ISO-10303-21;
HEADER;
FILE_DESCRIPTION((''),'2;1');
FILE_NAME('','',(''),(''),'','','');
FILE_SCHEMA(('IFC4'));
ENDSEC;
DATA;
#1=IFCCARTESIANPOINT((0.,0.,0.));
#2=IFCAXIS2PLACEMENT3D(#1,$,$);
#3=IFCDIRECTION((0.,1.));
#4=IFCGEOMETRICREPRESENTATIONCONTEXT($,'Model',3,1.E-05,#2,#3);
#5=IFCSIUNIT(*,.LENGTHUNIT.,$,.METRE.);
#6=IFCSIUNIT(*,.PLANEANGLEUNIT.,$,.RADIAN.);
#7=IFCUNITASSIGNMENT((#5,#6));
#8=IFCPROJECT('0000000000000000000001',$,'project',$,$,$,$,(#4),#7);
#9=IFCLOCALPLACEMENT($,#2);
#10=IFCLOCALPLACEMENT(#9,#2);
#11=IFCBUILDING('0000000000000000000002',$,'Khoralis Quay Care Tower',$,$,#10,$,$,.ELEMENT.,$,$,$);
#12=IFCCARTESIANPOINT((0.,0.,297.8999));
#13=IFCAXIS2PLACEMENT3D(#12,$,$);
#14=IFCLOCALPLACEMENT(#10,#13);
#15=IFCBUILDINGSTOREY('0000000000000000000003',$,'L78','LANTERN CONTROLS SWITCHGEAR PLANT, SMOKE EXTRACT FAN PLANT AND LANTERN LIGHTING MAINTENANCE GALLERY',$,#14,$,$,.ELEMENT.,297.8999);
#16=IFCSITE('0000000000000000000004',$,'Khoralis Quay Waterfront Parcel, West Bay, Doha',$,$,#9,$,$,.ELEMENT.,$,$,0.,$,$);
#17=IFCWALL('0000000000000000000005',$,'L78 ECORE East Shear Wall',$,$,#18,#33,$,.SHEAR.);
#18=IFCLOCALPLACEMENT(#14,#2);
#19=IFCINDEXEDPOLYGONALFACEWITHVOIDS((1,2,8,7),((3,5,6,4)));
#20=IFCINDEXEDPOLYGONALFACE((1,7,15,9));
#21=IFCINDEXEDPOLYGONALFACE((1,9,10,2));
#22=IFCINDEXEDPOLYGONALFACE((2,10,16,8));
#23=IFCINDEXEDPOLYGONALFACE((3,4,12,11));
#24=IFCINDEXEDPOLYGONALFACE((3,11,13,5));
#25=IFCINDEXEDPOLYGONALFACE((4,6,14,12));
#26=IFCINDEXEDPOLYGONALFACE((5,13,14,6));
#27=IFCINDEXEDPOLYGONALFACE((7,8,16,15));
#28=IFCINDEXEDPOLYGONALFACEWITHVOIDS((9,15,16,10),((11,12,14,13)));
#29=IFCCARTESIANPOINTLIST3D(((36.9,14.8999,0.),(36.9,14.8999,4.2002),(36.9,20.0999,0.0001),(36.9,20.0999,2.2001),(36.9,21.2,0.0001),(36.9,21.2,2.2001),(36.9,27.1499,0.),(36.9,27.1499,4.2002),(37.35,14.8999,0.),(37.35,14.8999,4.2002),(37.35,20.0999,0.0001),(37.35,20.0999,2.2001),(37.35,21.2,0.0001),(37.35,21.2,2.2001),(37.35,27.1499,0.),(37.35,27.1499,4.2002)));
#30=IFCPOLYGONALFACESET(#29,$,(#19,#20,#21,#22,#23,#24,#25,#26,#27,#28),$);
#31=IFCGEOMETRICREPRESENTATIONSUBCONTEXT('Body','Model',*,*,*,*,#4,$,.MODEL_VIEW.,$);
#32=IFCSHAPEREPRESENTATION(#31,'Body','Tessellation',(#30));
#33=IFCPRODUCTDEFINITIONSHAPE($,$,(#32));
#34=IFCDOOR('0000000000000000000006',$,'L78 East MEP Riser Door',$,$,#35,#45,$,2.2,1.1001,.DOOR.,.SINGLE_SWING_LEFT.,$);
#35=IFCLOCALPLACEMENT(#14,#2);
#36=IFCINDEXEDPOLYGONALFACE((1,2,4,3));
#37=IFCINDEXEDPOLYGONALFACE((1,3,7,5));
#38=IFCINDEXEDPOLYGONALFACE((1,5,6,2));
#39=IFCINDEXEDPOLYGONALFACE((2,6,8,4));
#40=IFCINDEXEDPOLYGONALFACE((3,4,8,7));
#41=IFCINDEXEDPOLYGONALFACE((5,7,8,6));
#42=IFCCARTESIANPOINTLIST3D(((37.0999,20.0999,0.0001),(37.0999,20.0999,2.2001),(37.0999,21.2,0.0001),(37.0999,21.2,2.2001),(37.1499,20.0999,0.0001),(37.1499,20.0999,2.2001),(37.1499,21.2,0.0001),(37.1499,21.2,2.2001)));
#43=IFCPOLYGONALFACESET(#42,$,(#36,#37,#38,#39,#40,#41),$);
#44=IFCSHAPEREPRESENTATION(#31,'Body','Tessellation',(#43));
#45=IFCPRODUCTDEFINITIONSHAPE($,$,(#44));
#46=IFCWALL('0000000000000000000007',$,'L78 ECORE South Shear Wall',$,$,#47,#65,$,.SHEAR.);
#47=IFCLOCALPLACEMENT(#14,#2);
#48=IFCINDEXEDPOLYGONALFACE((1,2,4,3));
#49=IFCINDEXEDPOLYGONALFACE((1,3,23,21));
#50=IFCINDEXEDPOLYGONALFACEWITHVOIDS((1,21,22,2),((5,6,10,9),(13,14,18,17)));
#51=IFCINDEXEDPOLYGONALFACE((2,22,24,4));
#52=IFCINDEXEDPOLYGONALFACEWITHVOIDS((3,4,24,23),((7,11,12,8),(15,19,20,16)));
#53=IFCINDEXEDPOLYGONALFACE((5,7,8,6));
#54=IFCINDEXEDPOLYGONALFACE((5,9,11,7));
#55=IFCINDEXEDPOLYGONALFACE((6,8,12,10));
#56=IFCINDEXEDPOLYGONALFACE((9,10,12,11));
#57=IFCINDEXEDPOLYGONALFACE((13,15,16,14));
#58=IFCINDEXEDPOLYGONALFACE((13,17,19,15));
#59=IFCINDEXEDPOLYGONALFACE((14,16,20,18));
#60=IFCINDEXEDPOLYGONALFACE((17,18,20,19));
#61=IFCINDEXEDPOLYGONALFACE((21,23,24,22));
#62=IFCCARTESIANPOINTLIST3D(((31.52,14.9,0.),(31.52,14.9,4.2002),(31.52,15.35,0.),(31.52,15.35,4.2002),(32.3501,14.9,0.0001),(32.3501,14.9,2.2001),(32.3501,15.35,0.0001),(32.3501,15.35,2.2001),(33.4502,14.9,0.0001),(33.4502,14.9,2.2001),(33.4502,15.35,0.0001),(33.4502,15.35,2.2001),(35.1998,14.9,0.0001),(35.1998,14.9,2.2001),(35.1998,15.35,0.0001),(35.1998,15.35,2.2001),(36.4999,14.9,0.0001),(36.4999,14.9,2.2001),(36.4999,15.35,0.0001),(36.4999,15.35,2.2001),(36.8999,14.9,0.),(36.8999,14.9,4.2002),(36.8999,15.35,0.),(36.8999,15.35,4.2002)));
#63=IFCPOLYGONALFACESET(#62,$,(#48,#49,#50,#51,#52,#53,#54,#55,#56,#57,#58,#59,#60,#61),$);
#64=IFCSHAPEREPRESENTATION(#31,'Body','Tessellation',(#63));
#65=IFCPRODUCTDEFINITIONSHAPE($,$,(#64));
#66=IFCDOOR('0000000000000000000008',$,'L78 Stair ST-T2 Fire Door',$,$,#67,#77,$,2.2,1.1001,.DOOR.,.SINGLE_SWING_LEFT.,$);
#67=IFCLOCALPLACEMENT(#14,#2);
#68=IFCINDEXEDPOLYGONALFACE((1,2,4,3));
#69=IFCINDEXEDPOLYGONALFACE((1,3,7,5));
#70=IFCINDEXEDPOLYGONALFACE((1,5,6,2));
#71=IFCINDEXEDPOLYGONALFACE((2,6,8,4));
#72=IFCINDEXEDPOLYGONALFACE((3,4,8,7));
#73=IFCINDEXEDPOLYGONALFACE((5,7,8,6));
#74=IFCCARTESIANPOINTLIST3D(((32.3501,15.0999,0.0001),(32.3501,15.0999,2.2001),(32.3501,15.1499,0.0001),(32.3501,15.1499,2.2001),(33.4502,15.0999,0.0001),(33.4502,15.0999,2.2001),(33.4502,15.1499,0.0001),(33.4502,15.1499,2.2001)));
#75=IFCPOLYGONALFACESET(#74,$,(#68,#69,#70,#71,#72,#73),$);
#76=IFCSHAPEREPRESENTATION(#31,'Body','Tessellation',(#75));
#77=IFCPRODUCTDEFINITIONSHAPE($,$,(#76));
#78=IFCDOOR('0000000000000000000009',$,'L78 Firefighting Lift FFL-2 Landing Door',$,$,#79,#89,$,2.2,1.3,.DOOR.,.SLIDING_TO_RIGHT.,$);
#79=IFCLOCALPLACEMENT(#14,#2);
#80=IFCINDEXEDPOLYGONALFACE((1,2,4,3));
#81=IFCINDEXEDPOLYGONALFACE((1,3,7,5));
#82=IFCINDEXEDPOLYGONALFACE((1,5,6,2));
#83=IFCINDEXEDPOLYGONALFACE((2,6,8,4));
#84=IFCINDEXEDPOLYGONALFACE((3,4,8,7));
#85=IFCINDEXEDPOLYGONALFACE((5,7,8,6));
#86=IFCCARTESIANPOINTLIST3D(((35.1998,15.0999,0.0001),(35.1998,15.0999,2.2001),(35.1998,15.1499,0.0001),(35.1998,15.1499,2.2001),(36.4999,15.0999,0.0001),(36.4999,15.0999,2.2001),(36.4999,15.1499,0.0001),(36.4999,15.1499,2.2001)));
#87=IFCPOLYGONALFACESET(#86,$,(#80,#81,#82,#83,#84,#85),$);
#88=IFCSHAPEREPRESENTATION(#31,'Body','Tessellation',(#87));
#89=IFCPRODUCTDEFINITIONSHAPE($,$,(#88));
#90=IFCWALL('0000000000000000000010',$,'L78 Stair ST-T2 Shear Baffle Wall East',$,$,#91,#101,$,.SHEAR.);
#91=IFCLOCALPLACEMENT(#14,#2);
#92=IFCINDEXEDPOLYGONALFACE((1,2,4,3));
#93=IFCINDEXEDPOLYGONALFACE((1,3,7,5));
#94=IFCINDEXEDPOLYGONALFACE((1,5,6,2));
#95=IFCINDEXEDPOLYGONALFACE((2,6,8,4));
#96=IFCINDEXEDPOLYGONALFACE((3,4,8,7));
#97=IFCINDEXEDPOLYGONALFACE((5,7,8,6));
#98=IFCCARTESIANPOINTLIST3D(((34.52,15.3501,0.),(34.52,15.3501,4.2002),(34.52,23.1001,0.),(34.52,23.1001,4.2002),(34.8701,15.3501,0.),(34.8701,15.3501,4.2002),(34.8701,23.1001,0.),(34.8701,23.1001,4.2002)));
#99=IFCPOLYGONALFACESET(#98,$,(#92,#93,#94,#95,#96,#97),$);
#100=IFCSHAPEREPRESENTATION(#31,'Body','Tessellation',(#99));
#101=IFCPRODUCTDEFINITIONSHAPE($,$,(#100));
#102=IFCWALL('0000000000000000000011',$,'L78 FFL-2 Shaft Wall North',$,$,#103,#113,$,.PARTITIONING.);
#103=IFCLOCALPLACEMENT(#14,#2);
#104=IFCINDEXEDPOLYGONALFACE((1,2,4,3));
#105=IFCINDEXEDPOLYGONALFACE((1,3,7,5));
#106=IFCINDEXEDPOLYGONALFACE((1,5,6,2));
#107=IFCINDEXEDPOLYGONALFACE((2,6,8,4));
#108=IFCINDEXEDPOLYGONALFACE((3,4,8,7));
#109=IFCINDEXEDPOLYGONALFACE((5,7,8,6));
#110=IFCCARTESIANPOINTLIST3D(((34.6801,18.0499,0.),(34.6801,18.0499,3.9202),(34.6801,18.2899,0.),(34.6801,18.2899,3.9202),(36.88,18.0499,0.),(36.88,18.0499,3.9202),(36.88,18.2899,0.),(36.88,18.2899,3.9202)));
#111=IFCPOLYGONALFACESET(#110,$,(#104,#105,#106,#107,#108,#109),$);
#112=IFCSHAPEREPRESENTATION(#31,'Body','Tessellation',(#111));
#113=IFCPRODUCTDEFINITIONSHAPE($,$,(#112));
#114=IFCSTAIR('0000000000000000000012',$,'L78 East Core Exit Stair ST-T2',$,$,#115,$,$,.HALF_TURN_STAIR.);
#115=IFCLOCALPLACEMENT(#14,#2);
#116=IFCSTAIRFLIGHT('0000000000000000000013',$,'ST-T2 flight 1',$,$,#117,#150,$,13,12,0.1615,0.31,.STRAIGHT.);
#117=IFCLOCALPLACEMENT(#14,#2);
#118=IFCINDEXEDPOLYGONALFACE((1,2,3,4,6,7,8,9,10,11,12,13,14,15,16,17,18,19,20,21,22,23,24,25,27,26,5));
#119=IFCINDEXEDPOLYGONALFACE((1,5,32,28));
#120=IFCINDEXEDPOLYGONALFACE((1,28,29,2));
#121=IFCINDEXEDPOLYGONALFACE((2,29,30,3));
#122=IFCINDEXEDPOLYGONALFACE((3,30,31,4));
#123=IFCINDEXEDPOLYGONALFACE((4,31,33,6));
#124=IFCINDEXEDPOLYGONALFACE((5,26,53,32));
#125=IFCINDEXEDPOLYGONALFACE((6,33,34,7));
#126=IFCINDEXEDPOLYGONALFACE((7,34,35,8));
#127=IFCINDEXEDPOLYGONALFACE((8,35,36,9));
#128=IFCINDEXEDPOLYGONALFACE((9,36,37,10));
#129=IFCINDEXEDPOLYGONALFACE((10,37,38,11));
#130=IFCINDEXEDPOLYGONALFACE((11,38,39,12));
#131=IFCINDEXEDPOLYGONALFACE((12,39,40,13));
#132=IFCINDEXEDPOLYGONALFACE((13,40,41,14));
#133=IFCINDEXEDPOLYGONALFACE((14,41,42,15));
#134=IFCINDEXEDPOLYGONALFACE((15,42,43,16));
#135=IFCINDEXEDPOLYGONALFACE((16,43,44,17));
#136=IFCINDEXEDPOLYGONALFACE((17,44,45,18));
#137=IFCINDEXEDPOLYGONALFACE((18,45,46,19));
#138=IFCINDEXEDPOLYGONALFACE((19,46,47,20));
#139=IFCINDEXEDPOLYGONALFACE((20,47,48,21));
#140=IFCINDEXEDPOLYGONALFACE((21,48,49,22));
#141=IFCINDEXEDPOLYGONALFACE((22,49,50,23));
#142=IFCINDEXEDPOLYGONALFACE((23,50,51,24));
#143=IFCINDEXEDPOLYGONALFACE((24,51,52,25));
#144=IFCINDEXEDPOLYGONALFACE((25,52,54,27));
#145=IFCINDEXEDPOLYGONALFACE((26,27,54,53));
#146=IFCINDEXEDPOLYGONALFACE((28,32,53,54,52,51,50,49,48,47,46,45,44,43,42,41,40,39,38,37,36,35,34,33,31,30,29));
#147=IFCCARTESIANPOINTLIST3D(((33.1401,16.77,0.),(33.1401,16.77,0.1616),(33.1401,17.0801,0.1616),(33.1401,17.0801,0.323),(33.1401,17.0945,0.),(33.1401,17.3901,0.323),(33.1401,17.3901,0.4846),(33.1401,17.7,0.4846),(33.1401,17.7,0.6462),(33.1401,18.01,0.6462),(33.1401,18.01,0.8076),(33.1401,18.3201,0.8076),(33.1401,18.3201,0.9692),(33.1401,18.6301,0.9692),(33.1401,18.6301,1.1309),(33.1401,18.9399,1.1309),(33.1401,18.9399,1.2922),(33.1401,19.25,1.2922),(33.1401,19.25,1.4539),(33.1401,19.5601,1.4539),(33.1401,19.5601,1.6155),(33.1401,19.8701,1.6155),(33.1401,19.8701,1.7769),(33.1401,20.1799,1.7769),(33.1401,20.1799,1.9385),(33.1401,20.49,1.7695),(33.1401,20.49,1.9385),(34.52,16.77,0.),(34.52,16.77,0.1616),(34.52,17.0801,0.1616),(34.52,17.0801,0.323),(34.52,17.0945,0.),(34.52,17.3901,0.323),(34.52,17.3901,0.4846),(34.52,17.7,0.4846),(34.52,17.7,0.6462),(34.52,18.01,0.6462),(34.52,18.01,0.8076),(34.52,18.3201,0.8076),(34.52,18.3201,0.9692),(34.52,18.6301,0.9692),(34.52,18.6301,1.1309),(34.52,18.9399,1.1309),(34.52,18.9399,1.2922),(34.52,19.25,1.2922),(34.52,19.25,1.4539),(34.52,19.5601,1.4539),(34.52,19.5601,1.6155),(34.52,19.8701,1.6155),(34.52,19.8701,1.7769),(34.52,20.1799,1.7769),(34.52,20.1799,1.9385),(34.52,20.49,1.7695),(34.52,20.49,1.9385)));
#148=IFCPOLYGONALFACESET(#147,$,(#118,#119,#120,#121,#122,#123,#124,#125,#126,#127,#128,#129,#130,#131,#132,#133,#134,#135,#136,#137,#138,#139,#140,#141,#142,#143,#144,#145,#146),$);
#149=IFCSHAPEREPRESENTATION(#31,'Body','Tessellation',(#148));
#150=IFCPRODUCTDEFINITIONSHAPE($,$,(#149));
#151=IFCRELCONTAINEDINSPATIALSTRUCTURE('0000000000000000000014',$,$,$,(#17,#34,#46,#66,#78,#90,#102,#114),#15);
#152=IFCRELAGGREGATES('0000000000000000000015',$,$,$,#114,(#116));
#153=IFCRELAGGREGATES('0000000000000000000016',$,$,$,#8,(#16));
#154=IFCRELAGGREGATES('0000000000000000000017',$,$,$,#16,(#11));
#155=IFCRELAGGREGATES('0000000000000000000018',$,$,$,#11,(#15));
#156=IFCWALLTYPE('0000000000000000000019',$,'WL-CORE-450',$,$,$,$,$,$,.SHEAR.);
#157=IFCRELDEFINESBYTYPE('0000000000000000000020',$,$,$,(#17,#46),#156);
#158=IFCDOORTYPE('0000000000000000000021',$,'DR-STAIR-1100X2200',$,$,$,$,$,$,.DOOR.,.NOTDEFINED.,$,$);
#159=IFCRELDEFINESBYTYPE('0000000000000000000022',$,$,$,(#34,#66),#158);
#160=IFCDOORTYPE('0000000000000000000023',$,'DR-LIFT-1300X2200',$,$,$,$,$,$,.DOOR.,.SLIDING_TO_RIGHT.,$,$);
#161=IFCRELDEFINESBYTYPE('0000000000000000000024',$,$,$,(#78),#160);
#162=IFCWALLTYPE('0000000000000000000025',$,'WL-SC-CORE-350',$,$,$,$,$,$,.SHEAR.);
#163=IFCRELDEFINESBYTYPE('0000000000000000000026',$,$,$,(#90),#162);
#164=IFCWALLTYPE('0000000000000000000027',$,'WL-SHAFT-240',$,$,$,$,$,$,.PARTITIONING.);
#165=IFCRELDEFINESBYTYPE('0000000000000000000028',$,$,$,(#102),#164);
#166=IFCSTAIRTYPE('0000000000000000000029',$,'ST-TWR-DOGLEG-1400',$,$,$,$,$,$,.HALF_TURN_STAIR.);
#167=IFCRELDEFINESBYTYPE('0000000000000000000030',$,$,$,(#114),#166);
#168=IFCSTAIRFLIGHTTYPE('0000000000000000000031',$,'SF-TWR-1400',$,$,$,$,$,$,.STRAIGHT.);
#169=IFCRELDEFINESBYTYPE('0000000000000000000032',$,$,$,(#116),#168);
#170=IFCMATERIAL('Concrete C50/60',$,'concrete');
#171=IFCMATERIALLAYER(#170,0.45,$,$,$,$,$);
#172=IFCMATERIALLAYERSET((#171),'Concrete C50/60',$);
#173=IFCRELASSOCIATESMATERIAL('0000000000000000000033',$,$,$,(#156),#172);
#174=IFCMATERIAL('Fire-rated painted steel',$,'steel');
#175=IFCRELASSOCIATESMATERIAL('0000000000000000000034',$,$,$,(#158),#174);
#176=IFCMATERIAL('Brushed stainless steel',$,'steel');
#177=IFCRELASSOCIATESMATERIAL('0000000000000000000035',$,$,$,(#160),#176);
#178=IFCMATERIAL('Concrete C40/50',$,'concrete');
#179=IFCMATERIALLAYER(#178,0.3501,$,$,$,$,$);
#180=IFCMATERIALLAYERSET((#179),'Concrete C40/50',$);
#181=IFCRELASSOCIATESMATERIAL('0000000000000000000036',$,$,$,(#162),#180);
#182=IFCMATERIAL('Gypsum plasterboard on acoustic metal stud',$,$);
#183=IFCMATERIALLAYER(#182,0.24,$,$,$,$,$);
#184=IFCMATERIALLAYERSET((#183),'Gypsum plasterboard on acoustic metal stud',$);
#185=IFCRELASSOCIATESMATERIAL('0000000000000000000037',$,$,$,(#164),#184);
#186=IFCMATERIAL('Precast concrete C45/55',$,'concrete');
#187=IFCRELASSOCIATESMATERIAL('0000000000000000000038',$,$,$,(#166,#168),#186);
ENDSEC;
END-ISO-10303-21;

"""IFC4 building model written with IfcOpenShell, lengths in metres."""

from ifc_helpers import new_model, si_unit, direction, frame, frame_2d, origin, place, context, subcontext, project, spatial, polyline, rectangle, outline, extrude, source, transform, mapped, material, layer, layer_set, type_object, element, fill, aggregate, save


model = new_model("IFC4")

# Units and contexts
model_context = context("Model", 3, precision=1e-05, world=origin(), true_north=direction((0.0, 1.0)))
body_context = subcontext(model_context, "Body", "Model", "MODEL_VIEW")
ifc_project = project(units=[si_unit("LENGTHUNIT", "METRE"), si_unit("PLANEANGLEUNIT", "RADIAN")], contexts=[model_context])

# Site, building, storey
site_placement = place(None, origin())
site = spatial("IfcSite", under=ifc_project, at=site_placement, Name="Khoralis Quay Waterfront Parcel, West Bay, Doha", CompositionType="ELEMENT", RefElevation=0.0)
building_placement = place(site_placement, origin())
building = spatial("IfcBuilding", under=site, at=building_placement, Name="Khoralis Quay Care Tower", CompositionType="ELEMENT")
storey_placement = place(building_placement, frame((0.0, 0.0, 297.8999)))
storey = spatial("IfcBuildingStorey", under=building, at=storey_placement, Name="L78", Description="LANTERN CONTROLS SWITCHGEAR PLANT, SMOKE EXTRACT FAN PLANT AND LANTERN LIGHTING MAINTENANCE GALLERY", CompositionType="ELEMENT", Elevation=297.8999)

# Shared definitions
ifc_material_1 = material(Name="Gypsum plasterboard on acoustic metal stud")
ifc_material_2 = material(Name="Concrete C50/60", Category="concrete")
ifc_layer_1 = layer(ifc_material_2, 0.45)
ifc_layer_set_1 = layer_set([ifc_layer_1], Name="Concrete C50/60")
wall_type_1 = type_object("IfcWallType", Name="WL-CORE-450", PredefinedType="SHEAR", material=ifc_layer_set_1)

# Wall, opening, door
wall_1_placement = place(storey_placement, frame((37.125, 14.8999, 0.0), z_axis=(0.0, 0.0, 1.0), x_axis=(0.0, 1.0, 0.0)))
wall_1 = element("IfcWall", 1, at=wall_1_placement, inside=storey, type_object=wall_type_1, Name="L78 ECORE East Shear Wall", PredefinedType="SHEAR", context=body_context, shape_type="SweptSolid", body=[
    extrude(rectangle(XDim=12.25, YDim=0.45, at=frame_2d((6.125, 0.0))), origin(), (0.0, 0.0, 1.0), 4.2002),
])
opening_1_placement = place(wall_1_placement, frame((5.2, 0.0, 0.0)))
opening_1 = element("IfcOpeningElement", 2, at=opening_1_placement, cuts=wall_1, PredefinedType="OPENING", context=body_context, shape_type="SweptSolid", body=[
    extrude(rectangle(XDim=1.1001, YDim=2.2, at=frame_2d((0.55, 1.1001))), frame((0.0, 0.2349, 0.0), z_axis=(0.0, -1.0, 0.0), x_axis=(1.0, 0.0, 0.0)), (0.0, 0.0, 1.0), 0.47),
])
ifc_material_3 = material(Name="Fire-rated painted steel", Category="steel")
door_type_1 = type_object("IfcDoorType", Name="DR-STAIR-1100X2200", OperationType="NOTDEFINED", PredefinedType="DOOR", material=ifc_material_3)
shared_shape_1 = source(origin(), body_context, "Body", "SweptSolid", [
    extrude(rectangle(XDim=1.1001, YDim=2.2, at=frame_2d((0.55, 1.1001))), frame((0.0, 0.0249, 0.0), z_axis=(0.0, -1.0, 0.0), x_axis=(1.0, 0.0, 0.0)), (0.0, 0.0, 1.0), 0.05),
])
door_1_placement = place(opening_1_placement, frame((1.1001, 0.0, 0.0), z_axis=(0.0, 0.0, 1.0), x_axis=(-1.0, 0.0, 0.0)))
door_1 = element("IfcDoor", 3, at=door_1_placement, inside=storey, type_object=door_type_1, Name="L78 East MEP Riser Door", OperationType="SINGLE_SWING_LEFT", OverallHeight=2.2, OverallWidth=1.1001, PredefinedType="DOOR", context=body_context, shape_type="MappedRepresentation", body=[
    mapped(shared_shape_1, transform((0.0, 0.0, 0.0), scale=1.0)),
])
fill(opening_1, door_1)

# Wall, openings, doors
wall_2_placement = place(storey_placement, frame((31.52, 15.125, 0.0), z_axis=(0.0, 0.0, 1.0), x_axis=(1.0, 0.0, 0.0)))
wall_2 = element("IfcWall", 4, at=wall_2_placement, inside=storey, type_object=wall_type_1, Name="L78 ECORE South Shear Wall", PredefinedType="SHEAR", context=body_context, shape_type="SweptSolid", body=[
    extrude(rectangle(XDim=5.3799, YDim=0.45, at=frame_2d((2.6899, 0.0))), origin(), (0.0, 0.0, 1.0), 4.2002),
])
opening_2_placement = place(wall_2_placement, frame((0.8301, 0.0, 0.0)))
opening_2 = element("IfcOpeningElement", 5, at=opening_2_placement, cuts=wall_2, PredefinedType="OPENING", context=body_context, shape_type="SweptSolid", body=[
    extrude(rectangle(XDim=1.1001, YDim=2.2, at=frame_2d((0.55, 1.1001))), frame((0.0, 0.2349, 0.0), z_axis=(0.0, -1.0, 0.0), x_axis=(1.0, 0.0, 0.0)), (0.0, 0.0, 1.0), 0.47),
])
opening_3_placement = place(wall_2_placement, frame((3.6799, 0.0, 0.0)))
opening_3 = element("IfcOpeningElement", 6, at=opening_3_placement, cuts=wall_2, PredefinedType="OPENING", context=body_context, shape_type="SweptSolid", body=[
    extrude(rectangle(XDim=1.3, YDim=2.2, at=frame_2d((0.6499, 1.1001))), frame((0.0, 0.2349, 0.0), z_axis=(0.0, -1.0, 0.0), x_axis=(1.0, 0.0, 0.0)), (0.0, 0.0, 1.0), 0.47),
])
door_2_placement = place(opening_2_placement, origin())
door_2 = element("IfcDoor", 7, at=door_2_placement, inside=storey, type_object=door_type_1, Name="L78 Stair ST-T2 Fire Door", OperationType="SINGLE_SWING_LEFT", OverallHeight=2.2, OverallWidth=1.1001, PredefinedType="DOOR", context=body_context, shape_type="MappedRepresentation", body=[
    mapped(shared_shape_1, transform((0.0, 0.0, 0.0), scale=1.0)),
])
fill(opening_2, door_2)
ifc_material_4 = material(Name="Brushed stainless steel", Category="steel")
door_type_2 = type_object("IfcDoorType", Name="DR-LIFT-1300X2200", OperationType="SLIDING_TO_RIGHT", PredefinedType="DOOR", material=ifc_material_4)
shared_shape_2 = source(origin(), body_context, "Body", "SweptSolid", [
    extrude(rectangle(XDim=1.3, YDim=2.2, at=frame_2d((0.6499, 1.1001))), frame((0.0, 0.0249, 0.0), z_axis=(0.0, -1.0, 0.0), x_axis=(1.0, 0.0, 0.0)), (0.0, 0.0, 1.0), 0.05),
])
door_3_placement = place(opening_3_placement, origin())
door_3 = element("IfcDoor", 8, at=door_3_placement, inside=storey, type_object=door_type_2, Name="L78 Firefighting Lift FFL-2 Landing Door", OperationType="SLIDING_TO_RIGHT", OverallHeight=2.2, OverallWidth=1.3, PredefinedType="DOOR", context=body_context, shape_type="MappedRepresentation", body=[
    mapped(shared_shape_2, transform((0.0, 0.0, 0.0), scale=1.0)),
])
fill(opening_3, door_3)

# Walls
ifc_material_5 = material(Name="Concrete C40/50", Category="concrete")
ifc_layer_2 = layer(ifc_material_5, 0.3501)
ifc_layer_set_2 = layer_set([ifc_layer_2], Name="Concrete C40/50")
wall_type_2 = type_object("IfcWallType", Name="WL-SC-CORE-350", PredefinedType="SHEAR", material=ifc_layer_set_2)
wall_3_placement = place(storey_placement, frame((34.6951, 15.3501, 0.0), z_axis=(0.0, 0.0, 1.0), x_axis=(0.0, 1.0, 0.0)))
element("IfcWall", 9, at=wall_3_placement, inside=storey, type_object=wall_type_2, Name="L78 Stair ST-T2 Shear Baffle Wall East", PredefinedType="SHEAR", context=body_context, shape_type="SweptSolid", body=[
    extrude(rectangle(XDim=7.75, YDim=0.3501, at=frame_2d((3.875, 0.0))), origin(), (0.0, 0.0, 1.0), 4.2002),
])
ifc_layer_3 = layer(ifc_material_1, 0.24)
ifc_layer_set_3 = layer_set([ifc_layer_3], Name="Gypsum plasterboard on acoustic metal stud")
wall_type_3 = type_object("IfcWallType", Name="WL-SHAFT-240", PredefinedType="PARTITIONING", material=ifc_layer_set_3)
wall_4_placement = place(storey_placement, frame((34.6799, 18.1699, 0.0), z_axis=(0.0, 0.0, 1.0), x_axis=(1.0, 0.0, 0.0)))
element("IfcWall", 10, at=wall_4_placement, inside=storey, type_object=wall_type_3, Name="L78 FFL-2 Shaft Wall North", PredefinedType="PARTITIONING", context=body_context, shape_type="SweptSolid", body=[
    extrude(rectangle(XDim=2.2, YDim=0.24, at=frame_2d((1.1001, 0.0))), origin(), (0.0, 0.0, 1.0), 3.9202),
])

# Stair, stair flight
ifc_material_6 = material(Name="Precast concrete C45/55", Category="concrete")
stair_type = type_object("IfcStairType", Name="ST-TWR-DOGLEG-1400", PredefinedType="HALF_TURN_STAIR", material=ifc_material_6)
stair_placement = place(storey_placement, origin())
stair = element("IfcStair", 11, at=stair_placement, inside=storey, type_object=stair_type, Name="L78 East Core Exit Stair ST-T2", PredefinedType="HALF_TURN_STAIR")
stair_flight_type = type_object("IfcStairFlightType", Name="SF-TWR-1400", PredefinedType="STRAIGHT", material=ifc_material_6)
shared_shape_3 = source(origin(), body_context, "Body", "SweptSolid", [
    extrude(outline(polyline([(0.0, 0.0), (0.0, 0.1616), (0.3101, 0.1616), (0.3101, 0.323), (0.6201, 0.323), (0.6201, 0.4846), (0.9299, 0.4846), (0.9299, 0.6462), (1.24, 0.6462), (1.24, 0.8076), (1.55, 0.8076), (1.55, 0.9692), (1.8601, 0.9692), (1.8601, 1.1309), (2.1699, 1.1309), (2.1699, 1.2922), (2.48, 1.2922), (2.48, 1.4539), (2.79, 1.4539), (2.79, 1.6155), (3.1001, 1.6155), (3.1001, 1.7769), (3.4099, 1.7769), (3.4099, 1.9385), (3.72, 1.9385), (3.72, 2.1001), (3.72, 1.7695), (0.3245, 0.0), (0.0, 0.0)])), frame((0.0, 0.6899, 0.0), z_axis=(0.0, -1.0, 0.0), x_axis=(1.0, 0.0, 0.0)), (0.0, 0.0, 1.0), 1.3799),
])
stair_flight_placement = place(storey_placement, frame((33.8301, 16.77, 0.0), z_axis=(0.0, 0.0, 1.0), x_axis=(0.0, 1.0, 0.0)))
stair_flight = element("IfcStairFlight", 12, at=stair_flight_placement, type_object=stair_flight_type, Name="ST-T2 flight 1", NumberOfRisers=13, NumberOfTreads=12, PredefinedType="STRAIGHT", RiserHeight=0.1615, TreadLength=0.31, context=body_context, shape_type="MappedRepresentation", body=[
    mapped(shared_shape_3, transform((0.0, 0.0, 0.0), scale=1.0)),
])
aggregate(stair, [stair_flight])

save(model, "model.ifc")
